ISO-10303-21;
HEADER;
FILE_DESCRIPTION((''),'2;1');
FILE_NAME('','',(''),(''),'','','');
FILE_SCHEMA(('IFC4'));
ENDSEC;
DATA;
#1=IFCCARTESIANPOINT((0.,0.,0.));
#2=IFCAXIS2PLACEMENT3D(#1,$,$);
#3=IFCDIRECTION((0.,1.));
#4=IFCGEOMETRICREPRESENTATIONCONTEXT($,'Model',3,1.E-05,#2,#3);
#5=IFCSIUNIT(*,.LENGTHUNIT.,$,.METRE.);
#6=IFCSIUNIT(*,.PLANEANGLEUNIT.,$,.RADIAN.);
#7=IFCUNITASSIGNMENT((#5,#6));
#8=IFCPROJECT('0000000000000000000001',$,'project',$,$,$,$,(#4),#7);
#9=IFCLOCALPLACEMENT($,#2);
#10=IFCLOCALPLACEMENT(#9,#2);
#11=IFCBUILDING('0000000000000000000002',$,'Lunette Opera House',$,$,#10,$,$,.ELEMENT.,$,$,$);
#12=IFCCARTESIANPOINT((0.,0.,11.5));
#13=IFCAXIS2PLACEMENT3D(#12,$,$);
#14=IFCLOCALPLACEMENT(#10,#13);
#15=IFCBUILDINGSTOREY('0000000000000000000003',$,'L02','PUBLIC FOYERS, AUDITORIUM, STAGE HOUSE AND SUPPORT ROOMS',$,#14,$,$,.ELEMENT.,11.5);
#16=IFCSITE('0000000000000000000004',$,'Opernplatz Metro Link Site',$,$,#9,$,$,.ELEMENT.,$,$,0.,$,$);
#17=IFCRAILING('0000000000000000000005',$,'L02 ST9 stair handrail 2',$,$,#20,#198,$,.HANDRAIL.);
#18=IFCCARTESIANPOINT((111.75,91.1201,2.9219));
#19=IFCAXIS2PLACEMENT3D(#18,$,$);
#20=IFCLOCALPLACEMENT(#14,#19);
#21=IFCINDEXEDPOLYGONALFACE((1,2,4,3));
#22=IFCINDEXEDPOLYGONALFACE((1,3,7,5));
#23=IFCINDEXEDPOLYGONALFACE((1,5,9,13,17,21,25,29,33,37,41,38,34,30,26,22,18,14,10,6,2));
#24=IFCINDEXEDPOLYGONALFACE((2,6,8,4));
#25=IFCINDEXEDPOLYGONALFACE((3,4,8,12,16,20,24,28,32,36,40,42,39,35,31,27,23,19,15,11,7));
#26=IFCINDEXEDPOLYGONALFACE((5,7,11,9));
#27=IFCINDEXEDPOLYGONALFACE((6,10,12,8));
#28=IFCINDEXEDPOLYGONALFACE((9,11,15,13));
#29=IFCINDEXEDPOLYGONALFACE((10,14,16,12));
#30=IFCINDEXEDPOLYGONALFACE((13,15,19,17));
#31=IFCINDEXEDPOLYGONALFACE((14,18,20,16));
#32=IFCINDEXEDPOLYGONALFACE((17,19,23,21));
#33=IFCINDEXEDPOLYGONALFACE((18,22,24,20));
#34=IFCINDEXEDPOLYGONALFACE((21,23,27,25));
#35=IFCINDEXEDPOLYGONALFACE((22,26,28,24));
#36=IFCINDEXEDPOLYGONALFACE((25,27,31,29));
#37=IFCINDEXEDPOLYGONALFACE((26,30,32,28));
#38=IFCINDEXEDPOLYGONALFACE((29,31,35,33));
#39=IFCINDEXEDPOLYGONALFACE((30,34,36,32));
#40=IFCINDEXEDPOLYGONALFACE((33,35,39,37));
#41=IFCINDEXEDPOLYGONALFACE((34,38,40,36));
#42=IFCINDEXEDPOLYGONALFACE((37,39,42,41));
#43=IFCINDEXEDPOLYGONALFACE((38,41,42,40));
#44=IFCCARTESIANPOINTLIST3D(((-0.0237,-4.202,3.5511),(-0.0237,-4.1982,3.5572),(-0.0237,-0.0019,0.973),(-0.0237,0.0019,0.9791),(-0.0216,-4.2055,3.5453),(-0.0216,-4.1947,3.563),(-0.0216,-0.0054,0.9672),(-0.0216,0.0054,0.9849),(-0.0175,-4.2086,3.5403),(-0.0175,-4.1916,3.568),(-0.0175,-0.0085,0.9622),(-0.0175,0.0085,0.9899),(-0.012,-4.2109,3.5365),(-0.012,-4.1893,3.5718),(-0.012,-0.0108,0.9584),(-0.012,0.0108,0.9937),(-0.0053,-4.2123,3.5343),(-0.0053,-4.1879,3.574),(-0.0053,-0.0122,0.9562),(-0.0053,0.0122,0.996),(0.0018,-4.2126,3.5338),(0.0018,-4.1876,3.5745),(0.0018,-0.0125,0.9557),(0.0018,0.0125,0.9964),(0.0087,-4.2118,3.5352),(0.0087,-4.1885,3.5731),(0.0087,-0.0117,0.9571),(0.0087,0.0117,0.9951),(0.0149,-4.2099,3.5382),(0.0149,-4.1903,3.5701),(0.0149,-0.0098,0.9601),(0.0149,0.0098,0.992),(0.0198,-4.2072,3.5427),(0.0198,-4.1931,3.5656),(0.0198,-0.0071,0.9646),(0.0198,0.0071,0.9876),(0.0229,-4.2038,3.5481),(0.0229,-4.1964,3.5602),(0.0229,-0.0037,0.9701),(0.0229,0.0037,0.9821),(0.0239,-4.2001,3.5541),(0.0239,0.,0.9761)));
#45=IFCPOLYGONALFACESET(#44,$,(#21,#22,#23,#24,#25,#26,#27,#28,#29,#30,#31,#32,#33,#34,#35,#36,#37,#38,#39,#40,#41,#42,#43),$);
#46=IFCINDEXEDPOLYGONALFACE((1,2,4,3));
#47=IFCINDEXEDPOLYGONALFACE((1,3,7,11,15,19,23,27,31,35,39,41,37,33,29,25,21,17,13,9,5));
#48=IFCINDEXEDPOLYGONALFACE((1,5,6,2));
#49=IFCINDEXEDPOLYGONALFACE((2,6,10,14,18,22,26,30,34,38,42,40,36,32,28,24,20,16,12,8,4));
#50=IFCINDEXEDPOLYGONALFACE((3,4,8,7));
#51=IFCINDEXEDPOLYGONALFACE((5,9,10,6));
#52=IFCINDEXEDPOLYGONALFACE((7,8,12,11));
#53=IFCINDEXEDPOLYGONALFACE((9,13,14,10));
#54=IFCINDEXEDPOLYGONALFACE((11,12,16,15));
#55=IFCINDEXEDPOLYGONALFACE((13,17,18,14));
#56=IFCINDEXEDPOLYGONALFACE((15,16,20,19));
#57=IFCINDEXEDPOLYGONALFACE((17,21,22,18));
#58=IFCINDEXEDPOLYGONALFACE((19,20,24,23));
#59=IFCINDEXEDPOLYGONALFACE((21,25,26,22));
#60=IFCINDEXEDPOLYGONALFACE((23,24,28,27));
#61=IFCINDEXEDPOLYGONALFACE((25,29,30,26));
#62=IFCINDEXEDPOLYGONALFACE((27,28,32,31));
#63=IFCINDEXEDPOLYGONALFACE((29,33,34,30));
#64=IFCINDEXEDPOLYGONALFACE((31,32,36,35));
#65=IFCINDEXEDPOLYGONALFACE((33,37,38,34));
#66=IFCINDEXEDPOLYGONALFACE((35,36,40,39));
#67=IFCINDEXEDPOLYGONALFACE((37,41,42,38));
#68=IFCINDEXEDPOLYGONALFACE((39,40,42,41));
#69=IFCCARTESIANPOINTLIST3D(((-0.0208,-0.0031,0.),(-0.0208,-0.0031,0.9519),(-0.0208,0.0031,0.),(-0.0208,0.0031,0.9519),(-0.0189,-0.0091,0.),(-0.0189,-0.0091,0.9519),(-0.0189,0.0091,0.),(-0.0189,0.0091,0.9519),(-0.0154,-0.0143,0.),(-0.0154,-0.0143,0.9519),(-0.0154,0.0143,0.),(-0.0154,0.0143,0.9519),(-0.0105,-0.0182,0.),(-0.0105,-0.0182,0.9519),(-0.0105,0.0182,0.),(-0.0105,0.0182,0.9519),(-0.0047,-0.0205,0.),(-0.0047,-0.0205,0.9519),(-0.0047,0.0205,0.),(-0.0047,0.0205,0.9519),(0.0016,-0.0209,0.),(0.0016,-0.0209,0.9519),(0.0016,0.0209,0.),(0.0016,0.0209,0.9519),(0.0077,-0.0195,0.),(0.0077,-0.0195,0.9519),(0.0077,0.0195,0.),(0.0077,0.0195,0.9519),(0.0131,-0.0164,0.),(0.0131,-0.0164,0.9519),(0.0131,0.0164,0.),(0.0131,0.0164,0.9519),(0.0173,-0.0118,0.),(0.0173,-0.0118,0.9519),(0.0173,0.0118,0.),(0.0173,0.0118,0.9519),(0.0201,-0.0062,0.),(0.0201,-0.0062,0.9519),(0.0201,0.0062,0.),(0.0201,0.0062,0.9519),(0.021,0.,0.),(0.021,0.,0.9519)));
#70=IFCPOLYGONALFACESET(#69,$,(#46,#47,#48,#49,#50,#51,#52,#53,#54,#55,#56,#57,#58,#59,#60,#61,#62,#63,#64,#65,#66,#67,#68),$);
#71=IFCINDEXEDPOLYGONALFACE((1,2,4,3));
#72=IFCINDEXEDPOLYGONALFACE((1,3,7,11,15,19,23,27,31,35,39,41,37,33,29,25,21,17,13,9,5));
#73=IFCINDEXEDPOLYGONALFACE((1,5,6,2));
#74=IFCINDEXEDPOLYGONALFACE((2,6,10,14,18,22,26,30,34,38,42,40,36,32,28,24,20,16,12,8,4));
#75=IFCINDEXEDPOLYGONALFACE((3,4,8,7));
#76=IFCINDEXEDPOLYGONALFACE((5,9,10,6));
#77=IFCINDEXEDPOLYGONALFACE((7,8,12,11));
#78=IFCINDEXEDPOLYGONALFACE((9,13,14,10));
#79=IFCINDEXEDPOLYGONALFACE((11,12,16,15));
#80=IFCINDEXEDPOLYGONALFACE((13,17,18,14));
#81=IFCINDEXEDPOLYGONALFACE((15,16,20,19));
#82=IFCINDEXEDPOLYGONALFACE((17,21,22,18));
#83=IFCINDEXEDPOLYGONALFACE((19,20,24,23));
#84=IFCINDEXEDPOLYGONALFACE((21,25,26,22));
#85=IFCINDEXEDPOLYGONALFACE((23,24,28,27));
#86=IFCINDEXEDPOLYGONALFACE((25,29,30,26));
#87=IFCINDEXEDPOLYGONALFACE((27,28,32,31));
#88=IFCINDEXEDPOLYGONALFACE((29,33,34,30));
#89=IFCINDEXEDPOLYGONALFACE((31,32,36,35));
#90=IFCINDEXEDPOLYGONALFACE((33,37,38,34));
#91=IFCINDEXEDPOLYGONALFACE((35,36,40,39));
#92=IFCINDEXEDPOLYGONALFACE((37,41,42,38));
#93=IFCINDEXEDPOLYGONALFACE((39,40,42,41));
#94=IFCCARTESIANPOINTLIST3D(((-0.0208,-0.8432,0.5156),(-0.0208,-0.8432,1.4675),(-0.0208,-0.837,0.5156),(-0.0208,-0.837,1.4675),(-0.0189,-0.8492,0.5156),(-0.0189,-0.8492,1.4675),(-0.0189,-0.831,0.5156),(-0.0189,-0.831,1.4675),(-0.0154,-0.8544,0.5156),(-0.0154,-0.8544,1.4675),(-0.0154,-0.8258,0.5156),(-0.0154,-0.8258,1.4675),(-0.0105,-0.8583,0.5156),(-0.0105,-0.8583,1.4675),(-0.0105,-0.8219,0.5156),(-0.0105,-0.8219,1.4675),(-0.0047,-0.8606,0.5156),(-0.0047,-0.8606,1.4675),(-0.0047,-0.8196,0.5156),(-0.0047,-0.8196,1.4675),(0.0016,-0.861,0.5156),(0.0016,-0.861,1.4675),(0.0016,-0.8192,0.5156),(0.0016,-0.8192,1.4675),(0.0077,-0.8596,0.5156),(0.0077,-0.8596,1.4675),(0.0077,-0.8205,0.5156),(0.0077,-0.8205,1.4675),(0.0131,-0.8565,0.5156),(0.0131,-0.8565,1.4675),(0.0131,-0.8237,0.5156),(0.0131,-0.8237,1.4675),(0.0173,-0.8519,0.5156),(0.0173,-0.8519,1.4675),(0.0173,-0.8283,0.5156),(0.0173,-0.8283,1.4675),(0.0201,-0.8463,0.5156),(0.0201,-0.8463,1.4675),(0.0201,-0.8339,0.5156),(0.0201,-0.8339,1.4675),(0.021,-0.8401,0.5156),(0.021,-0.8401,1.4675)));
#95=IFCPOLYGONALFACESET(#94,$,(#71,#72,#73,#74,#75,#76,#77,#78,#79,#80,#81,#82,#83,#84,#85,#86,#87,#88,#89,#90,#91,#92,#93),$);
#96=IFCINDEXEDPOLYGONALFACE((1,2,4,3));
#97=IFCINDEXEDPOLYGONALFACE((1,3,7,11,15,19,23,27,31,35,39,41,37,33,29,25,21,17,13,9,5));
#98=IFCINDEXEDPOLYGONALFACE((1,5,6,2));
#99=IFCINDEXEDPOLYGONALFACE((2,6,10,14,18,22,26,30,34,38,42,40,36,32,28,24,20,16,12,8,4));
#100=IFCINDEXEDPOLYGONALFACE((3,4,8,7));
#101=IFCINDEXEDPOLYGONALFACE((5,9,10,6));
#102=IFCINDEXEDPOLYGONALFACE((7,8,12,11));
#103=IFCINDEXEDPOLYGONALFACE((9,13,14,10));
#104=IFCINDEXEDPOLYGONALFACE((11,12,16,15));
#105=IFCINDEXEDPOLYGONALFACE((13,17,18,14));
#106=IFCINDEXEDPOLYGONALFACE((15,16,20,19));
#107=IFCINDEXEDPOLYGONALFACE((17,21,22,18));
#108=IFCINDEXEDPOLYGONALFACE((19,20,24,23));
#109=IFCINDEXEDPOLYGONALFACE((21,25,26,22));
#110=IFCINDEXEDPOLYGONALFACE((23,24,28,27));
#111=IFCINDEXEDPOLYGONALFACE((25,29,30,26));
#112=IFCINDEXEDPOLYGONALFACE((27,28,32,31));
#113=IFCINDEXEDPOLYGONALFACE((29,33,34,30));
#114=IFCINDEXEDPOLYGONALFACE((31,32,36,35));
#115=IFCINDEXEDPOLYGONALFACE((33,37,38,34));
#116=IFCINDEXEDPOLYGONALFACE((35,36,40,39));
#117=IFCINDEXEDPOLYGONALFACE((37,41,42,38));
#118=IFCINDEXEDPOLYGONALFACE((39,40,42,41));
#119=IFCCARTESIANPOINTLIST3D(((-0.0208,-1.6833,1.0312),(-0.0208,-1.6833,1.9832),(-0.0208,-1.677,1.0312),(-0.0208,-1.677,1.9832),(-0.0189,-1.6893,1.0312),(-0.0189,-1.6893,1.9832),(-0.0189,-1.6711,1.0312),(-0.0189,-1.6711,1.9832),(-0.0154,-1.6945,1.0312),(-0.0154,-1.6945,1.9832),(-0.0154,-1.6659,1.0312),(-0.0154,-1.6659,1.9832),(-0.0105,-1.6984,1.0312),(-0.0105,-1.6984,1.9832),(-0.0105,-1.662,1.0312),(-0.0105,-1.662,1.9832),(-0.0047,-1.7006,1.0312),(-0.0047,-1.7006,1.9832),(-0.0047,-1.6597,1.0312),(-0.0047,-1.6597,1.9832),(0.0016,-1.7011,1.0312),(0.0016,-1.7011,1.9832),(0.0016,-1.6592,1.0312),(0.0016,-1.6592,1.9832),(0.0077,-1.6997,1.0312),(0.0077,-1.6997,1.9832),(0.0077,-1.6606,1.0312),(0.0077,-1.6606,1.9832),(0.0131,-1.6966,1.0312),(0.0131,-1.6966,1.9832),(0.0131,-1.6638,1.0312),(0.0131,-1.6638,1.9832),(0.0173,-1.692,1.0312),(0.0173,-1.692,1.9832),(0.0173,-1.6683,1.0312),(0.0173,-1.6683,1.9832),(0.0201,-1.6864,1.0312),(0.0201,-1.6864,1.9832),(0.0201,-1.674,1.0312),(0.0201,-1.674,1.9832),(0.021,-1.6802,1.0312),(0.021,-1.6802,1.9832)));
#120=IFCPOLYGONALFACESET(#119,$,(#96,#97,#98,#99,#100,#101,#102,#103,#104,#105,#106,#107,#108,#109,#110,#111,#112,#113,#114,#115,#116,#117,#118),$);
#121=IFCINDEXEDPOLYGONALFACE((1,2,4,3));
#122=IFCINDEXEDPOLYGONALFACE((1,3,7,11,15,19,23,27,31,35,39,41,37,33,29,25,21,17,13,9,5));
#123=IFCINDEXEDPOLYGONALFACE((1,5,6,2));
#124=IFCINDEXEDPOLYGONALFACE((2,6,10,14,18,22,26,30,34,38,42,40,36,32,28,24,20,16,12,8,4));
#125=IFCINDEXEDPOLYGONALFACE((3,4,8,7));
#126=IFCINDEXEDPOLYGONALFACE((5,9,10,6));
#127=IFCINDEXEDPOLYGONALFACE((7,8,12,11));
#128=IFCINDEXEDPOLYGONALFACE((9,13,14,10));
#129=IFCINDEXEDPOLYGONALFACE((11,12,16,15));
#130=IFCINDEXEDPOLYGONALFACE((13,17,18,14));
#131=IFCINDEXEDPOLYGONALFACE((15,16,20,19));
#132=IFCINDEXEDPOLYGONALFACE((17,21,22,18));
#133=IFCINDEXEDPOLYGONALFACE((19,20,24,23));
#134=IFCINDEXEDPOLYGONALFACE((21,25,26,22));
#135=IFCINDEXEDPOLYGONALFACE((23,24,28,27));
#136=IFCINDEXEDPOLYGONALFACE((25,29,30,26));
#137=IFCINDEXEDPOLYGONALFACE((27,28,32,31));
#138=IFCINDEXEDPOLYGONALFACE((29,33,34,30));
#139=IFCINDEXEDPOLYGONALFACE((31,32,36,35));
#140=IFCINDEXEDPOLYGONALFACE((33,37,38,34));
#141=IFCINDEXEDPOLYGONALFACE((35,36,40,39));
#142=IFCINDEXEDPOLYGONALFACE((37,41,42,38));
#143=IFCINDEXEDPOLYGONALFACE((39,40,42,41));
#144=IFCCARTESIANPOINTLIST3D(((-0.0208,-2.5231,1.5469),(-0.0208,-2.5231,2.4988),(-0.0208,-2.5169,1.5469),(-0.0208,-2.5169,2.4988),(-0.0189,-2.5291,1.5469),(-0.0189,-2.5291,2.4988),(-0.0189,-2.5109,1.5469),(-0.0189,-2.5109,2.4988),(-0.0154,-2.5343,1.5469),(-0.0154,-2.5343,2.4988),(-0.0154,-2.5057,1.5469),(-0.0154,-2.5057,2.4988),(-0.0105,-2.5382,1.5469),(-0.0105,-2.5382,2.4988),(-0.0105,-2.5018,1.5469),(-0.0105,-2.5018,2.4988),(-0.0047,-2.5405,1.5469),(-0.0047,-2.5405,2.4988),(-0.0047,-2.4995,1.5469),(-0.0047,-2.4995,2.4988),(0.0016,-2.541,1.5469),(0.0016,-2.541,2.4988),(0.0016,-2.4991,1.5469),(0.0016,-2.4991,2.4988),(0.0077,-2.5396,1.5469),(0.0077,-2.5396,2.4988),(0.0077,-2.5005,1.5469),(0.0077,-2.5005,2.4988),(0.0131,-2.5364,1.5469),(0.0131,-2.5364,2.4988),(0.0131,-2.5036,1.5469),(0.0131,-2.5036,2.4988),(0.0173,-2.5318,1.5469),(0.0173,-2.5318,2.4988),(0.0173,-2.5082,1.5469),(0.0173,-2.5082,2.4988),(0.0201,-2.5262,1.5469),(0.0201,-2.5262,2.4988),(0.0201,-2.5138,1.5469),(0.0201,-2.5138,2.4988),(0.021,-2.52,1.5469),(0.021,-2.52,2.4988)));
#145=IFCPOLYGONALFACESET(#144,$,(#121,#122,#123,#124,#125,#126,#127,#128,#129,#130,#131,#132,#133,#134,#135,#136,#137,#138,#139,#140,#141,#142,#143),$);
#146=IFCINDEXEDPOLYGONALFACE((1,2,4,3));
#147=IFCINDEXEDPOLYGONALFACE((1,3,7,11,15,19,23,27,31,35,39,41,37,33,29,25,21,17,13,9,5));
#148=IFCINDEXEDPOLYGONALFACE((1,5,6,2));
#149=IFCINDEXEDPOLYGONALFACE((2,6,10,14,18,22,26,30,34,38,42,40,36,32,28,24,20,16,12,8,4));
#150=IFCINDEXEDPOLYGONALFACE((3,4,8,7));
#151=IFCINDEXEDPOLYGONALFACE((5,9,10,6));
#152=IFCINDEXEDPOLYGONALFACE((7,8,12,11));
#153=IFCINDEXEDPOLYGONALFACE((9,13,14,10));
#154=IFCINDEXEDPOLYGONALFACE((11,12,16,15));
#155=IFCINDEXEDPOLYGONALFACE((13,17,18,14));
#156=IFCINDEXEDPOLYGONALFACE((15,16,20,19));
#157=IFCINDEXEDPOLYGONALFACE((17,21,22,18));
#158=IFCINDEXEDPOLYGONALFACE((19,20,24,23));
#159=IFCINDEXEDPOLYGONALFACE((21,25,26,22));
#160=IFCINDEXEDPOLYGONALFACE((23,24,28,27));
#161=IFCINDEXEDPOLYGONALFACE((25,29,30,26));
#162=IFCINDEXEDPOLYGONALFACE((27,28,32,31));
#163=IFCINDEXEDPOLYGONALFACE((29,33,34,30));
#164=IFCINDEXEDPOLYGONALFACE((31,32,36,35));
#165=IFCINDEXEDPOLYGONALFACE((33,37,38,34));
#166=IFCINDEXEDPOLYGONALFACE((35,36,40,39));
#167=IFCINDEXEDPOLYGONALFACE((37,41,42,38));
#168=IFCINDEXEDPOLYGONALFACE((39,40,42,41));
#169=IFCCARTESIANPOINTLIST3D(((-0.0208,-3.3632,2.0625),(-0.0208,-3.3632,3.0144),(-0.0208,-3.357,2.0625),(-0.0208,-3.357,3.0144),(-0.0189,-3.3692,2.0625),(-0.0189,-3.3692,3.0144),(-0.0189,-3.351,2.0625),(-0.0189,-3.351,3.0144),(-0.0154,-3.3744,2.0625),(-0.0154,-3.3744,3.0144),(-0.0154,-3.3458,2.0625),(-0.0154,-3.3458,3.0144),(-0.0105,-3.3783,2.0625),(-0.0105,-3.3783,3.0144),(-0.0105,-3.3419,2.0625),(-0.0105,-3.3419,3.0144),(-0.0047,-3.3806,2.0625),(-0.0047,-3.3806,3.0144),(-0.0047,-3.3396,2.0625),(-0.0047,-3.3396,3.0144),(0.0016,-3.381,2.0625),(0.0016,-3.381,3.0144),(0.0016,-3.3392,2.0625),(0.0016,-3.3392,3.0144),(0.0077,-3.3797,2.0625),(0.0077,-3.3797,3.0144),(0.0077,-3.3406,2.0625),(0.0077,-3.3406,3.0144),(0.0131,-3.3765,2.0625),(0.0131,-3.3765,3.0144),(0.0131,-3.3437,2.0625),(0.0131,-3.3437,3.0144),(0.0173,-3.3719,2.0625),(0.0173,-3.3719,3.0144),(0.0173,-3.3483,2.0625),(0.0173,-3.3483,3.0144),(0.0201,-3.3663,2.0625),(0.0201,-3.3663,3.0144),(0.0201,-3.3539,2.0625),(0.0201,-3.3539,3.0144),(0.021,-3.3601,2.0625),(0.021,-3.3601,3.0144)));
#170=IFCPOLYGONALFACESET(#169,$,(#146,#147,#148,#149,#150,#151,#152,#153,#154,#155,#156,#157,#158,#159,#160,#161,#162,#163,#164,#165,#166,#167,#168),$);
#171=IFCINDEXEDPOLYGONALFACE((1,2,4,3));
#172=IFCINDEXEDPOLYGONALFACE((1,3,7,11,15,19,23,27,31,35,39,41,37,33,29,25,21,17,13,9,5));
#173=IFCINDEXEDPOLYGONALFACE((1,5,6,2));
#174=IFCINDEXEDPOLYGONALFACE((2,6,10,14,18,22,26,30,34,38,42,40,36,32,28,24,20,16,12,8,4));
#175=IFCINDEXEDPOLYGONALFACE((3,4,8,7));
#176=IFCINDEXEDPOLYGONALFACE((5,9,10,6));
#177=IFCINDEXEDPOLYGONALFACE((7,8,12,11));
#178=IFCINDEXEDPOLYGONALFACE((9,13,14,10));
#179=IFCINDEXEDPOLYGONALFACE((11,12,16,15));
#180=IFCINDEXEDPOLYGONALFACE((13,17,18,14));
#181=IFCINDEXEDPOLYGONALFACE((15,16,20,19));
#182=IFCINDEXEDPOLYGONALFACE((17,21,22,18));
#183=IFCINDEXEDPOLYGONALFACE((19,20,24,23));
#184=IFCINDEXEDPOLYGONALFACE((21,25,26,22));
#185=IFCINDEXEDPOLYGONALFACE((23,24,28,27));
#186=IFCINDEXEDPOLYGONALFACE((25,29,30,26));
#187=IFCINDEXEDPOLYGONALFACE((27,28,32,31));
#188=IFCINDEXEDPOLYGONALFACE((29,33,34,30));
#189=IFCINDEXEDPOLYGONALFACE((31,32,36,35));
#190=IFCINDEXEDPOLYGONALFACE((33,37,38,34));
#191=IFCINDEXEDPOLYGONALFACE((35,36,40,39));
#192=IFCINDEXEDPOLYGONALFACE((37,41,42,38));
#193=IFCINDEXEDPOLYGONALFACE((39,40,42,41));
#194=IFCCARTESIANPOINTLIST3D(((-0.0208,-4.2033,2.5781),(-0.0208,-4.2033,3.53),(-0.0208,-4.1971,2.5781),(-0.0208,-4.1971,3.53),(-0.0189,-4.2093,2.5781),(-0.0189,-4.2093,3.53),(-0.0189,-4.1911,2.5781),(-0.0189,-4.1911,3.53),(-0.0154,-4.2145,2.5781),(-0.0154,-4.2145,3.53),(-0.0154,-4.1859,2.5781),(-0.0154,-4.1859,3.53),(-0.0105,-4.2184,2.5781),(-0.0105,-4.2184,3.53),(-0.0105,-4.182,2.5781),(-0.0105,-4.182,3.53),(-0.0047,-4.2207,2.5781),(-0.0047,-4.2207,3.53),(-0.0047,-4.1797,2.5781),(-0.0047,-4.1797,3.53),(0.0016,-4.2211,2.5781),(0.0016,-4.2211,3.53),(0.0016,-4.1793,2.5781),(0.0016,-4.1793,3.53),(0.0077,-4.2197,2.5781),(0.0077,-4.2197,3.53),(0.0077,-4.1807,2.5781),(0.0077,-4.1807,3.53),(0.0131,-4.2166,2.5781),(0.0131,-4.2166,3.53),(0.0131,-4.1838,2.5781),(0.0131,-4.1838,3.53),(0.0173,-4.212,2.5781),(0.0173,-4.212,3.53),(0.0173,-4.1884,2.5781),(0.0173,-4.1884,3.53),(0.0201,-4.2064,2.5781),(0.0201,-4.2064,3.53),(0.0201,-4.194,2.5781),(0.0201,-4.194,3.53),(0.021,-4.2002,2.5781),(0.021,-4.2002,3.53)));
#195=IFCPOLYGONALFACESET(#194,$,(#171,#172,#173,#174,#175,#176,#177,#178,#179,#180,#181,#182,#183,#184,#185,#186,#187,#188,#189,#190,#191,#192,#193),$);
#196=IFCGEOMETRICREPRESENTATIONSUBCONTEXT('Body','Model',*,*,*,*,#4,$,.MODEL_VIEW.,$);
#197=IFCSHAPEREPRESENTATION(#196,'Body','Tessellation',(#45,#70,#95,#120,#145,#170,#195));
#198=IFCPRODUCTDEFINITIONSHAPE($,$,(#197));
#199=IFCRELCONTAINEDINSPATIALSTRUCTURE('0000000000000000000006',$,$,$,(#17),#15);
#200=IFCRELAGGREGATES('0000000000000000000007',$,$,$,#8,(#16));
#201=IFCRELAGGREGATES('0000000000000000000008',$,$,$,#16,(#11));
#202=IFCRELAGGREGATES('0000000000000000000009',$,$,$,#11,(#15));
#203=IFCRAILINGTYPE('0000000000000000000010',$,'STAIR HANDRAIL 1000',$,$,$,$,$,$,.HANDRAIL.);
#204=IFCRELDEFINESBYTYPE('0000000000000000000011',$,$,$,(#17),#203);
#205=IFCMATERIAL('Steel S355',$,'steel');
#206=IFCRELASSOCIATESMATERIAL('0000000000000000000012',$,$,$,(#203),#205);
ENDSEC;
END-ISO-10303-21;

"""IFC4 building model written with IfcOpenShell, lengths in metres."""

from ifc_helpers import new_model, si_unit, direction, frame, origin, origin_2d, place, context, subcontext, project, spatial, circle, extrude, material, type_object, element, save


model = new_model("IFC4")

# Units and contexts
model_context = context("Model", 3, precision=1e-05, world=origin(), true_north=direction((0.0, 1.0)))
body_context = subcontext(model_context, "Body", "Model", "MODEL_VIEW")
ifc_project = project(units=[si_unit("LENGTHUNIT", "METRE"), si_unit("PLANEANGLEUNIT", "RADIAN")], contexts=[model_context])

# Site, building, storey
site_placement = place(None, origin())
site = spatial("IfcSite", under=ifc_project, at=site_placement, Name="Opernplatz Metro Link Site", CompositionType="ELEMENT", RefElevation=0.0)
building_placement = place(site_placement, origin())
building = spatial("IfcBuilding", under=site, at=building_placement, Name="Lunette Opera House", CompositionType="ELEMENT")
storey_placement = place(building_placement, frame((0.0, 0.0, 11.5)))
storey = spatial("IfcBuildingStorey", under=building, at=storey_placement, Name="L02", Description="PUBLIC FOYERS, AUDITORIUM, STAGE HOUSE AND SUPPORT ROOMS", CompositionType="ELEMENT", Elevation=11.5)

# Railing
ifc_material_1 = material(Name="Steel S355", Category="steel")
railing_type_1 = type_object("IfcRailingType", Name="STAIR HANDRAIL 1000", PredefinedType="HANDRAIL", material=ifc_material_1)
railing_1_placement = place(storey_placement, frame((111.75, 91.1201, 2.9219)))
element("IfcRailing", 1, at=railing_1_placement, inside=storey, type_object=railing_type_1, Name="L02 ST9 stair handrail 2", PredefinedType="HANDRAIL", context=body_context, shape_type="SweptSolid", body=[
    extrude(circle(Radius=0.0239, at=origin_2d()), frame((0.0, 0.0, 0.9761), z_axis=(0.0, -0.852256, 0.523124), x_axis=(1.0, 0.0, 0.0)), (0.0, 0.0, 1.0), 4.9282),
    extrude(circle(Radius=0.021, at=origin_2d()), origin(), (0.0, 0.0, 1.0), 0.9519),
    extrude(circle(Radius=0.021, at=origin_2d()), frame((0.0, -0.8401, 0.5156)), (0.0, 0.0, 1.0), 0.9519),
    extrude(circle(Radius=0.021, at=origin_2d()), frame((0.0, -1.6802, 1.0312)), (0.0, 0.0, 1.0), 0.9519),
    extrude(circle(Radius=0.021, at=origin_2d()), frame((0.0, -2.52, 1.5469)), (0.0, 0.0, 1.0), 0.9519),
    extrude(circle(Radius=0.021, at=origin_2d()), frame((0.0, -3.3601, 2.0625)), (0.0, 0.0, 1.0), 0.9519),
    extrude(circle(Radius=0.021, at=origin_2d()), frame((0.0, -4.2002, 2.5781)), (0.0, 0.0, 1.0), 0.9519),
])

save(model, "model.ifc")
